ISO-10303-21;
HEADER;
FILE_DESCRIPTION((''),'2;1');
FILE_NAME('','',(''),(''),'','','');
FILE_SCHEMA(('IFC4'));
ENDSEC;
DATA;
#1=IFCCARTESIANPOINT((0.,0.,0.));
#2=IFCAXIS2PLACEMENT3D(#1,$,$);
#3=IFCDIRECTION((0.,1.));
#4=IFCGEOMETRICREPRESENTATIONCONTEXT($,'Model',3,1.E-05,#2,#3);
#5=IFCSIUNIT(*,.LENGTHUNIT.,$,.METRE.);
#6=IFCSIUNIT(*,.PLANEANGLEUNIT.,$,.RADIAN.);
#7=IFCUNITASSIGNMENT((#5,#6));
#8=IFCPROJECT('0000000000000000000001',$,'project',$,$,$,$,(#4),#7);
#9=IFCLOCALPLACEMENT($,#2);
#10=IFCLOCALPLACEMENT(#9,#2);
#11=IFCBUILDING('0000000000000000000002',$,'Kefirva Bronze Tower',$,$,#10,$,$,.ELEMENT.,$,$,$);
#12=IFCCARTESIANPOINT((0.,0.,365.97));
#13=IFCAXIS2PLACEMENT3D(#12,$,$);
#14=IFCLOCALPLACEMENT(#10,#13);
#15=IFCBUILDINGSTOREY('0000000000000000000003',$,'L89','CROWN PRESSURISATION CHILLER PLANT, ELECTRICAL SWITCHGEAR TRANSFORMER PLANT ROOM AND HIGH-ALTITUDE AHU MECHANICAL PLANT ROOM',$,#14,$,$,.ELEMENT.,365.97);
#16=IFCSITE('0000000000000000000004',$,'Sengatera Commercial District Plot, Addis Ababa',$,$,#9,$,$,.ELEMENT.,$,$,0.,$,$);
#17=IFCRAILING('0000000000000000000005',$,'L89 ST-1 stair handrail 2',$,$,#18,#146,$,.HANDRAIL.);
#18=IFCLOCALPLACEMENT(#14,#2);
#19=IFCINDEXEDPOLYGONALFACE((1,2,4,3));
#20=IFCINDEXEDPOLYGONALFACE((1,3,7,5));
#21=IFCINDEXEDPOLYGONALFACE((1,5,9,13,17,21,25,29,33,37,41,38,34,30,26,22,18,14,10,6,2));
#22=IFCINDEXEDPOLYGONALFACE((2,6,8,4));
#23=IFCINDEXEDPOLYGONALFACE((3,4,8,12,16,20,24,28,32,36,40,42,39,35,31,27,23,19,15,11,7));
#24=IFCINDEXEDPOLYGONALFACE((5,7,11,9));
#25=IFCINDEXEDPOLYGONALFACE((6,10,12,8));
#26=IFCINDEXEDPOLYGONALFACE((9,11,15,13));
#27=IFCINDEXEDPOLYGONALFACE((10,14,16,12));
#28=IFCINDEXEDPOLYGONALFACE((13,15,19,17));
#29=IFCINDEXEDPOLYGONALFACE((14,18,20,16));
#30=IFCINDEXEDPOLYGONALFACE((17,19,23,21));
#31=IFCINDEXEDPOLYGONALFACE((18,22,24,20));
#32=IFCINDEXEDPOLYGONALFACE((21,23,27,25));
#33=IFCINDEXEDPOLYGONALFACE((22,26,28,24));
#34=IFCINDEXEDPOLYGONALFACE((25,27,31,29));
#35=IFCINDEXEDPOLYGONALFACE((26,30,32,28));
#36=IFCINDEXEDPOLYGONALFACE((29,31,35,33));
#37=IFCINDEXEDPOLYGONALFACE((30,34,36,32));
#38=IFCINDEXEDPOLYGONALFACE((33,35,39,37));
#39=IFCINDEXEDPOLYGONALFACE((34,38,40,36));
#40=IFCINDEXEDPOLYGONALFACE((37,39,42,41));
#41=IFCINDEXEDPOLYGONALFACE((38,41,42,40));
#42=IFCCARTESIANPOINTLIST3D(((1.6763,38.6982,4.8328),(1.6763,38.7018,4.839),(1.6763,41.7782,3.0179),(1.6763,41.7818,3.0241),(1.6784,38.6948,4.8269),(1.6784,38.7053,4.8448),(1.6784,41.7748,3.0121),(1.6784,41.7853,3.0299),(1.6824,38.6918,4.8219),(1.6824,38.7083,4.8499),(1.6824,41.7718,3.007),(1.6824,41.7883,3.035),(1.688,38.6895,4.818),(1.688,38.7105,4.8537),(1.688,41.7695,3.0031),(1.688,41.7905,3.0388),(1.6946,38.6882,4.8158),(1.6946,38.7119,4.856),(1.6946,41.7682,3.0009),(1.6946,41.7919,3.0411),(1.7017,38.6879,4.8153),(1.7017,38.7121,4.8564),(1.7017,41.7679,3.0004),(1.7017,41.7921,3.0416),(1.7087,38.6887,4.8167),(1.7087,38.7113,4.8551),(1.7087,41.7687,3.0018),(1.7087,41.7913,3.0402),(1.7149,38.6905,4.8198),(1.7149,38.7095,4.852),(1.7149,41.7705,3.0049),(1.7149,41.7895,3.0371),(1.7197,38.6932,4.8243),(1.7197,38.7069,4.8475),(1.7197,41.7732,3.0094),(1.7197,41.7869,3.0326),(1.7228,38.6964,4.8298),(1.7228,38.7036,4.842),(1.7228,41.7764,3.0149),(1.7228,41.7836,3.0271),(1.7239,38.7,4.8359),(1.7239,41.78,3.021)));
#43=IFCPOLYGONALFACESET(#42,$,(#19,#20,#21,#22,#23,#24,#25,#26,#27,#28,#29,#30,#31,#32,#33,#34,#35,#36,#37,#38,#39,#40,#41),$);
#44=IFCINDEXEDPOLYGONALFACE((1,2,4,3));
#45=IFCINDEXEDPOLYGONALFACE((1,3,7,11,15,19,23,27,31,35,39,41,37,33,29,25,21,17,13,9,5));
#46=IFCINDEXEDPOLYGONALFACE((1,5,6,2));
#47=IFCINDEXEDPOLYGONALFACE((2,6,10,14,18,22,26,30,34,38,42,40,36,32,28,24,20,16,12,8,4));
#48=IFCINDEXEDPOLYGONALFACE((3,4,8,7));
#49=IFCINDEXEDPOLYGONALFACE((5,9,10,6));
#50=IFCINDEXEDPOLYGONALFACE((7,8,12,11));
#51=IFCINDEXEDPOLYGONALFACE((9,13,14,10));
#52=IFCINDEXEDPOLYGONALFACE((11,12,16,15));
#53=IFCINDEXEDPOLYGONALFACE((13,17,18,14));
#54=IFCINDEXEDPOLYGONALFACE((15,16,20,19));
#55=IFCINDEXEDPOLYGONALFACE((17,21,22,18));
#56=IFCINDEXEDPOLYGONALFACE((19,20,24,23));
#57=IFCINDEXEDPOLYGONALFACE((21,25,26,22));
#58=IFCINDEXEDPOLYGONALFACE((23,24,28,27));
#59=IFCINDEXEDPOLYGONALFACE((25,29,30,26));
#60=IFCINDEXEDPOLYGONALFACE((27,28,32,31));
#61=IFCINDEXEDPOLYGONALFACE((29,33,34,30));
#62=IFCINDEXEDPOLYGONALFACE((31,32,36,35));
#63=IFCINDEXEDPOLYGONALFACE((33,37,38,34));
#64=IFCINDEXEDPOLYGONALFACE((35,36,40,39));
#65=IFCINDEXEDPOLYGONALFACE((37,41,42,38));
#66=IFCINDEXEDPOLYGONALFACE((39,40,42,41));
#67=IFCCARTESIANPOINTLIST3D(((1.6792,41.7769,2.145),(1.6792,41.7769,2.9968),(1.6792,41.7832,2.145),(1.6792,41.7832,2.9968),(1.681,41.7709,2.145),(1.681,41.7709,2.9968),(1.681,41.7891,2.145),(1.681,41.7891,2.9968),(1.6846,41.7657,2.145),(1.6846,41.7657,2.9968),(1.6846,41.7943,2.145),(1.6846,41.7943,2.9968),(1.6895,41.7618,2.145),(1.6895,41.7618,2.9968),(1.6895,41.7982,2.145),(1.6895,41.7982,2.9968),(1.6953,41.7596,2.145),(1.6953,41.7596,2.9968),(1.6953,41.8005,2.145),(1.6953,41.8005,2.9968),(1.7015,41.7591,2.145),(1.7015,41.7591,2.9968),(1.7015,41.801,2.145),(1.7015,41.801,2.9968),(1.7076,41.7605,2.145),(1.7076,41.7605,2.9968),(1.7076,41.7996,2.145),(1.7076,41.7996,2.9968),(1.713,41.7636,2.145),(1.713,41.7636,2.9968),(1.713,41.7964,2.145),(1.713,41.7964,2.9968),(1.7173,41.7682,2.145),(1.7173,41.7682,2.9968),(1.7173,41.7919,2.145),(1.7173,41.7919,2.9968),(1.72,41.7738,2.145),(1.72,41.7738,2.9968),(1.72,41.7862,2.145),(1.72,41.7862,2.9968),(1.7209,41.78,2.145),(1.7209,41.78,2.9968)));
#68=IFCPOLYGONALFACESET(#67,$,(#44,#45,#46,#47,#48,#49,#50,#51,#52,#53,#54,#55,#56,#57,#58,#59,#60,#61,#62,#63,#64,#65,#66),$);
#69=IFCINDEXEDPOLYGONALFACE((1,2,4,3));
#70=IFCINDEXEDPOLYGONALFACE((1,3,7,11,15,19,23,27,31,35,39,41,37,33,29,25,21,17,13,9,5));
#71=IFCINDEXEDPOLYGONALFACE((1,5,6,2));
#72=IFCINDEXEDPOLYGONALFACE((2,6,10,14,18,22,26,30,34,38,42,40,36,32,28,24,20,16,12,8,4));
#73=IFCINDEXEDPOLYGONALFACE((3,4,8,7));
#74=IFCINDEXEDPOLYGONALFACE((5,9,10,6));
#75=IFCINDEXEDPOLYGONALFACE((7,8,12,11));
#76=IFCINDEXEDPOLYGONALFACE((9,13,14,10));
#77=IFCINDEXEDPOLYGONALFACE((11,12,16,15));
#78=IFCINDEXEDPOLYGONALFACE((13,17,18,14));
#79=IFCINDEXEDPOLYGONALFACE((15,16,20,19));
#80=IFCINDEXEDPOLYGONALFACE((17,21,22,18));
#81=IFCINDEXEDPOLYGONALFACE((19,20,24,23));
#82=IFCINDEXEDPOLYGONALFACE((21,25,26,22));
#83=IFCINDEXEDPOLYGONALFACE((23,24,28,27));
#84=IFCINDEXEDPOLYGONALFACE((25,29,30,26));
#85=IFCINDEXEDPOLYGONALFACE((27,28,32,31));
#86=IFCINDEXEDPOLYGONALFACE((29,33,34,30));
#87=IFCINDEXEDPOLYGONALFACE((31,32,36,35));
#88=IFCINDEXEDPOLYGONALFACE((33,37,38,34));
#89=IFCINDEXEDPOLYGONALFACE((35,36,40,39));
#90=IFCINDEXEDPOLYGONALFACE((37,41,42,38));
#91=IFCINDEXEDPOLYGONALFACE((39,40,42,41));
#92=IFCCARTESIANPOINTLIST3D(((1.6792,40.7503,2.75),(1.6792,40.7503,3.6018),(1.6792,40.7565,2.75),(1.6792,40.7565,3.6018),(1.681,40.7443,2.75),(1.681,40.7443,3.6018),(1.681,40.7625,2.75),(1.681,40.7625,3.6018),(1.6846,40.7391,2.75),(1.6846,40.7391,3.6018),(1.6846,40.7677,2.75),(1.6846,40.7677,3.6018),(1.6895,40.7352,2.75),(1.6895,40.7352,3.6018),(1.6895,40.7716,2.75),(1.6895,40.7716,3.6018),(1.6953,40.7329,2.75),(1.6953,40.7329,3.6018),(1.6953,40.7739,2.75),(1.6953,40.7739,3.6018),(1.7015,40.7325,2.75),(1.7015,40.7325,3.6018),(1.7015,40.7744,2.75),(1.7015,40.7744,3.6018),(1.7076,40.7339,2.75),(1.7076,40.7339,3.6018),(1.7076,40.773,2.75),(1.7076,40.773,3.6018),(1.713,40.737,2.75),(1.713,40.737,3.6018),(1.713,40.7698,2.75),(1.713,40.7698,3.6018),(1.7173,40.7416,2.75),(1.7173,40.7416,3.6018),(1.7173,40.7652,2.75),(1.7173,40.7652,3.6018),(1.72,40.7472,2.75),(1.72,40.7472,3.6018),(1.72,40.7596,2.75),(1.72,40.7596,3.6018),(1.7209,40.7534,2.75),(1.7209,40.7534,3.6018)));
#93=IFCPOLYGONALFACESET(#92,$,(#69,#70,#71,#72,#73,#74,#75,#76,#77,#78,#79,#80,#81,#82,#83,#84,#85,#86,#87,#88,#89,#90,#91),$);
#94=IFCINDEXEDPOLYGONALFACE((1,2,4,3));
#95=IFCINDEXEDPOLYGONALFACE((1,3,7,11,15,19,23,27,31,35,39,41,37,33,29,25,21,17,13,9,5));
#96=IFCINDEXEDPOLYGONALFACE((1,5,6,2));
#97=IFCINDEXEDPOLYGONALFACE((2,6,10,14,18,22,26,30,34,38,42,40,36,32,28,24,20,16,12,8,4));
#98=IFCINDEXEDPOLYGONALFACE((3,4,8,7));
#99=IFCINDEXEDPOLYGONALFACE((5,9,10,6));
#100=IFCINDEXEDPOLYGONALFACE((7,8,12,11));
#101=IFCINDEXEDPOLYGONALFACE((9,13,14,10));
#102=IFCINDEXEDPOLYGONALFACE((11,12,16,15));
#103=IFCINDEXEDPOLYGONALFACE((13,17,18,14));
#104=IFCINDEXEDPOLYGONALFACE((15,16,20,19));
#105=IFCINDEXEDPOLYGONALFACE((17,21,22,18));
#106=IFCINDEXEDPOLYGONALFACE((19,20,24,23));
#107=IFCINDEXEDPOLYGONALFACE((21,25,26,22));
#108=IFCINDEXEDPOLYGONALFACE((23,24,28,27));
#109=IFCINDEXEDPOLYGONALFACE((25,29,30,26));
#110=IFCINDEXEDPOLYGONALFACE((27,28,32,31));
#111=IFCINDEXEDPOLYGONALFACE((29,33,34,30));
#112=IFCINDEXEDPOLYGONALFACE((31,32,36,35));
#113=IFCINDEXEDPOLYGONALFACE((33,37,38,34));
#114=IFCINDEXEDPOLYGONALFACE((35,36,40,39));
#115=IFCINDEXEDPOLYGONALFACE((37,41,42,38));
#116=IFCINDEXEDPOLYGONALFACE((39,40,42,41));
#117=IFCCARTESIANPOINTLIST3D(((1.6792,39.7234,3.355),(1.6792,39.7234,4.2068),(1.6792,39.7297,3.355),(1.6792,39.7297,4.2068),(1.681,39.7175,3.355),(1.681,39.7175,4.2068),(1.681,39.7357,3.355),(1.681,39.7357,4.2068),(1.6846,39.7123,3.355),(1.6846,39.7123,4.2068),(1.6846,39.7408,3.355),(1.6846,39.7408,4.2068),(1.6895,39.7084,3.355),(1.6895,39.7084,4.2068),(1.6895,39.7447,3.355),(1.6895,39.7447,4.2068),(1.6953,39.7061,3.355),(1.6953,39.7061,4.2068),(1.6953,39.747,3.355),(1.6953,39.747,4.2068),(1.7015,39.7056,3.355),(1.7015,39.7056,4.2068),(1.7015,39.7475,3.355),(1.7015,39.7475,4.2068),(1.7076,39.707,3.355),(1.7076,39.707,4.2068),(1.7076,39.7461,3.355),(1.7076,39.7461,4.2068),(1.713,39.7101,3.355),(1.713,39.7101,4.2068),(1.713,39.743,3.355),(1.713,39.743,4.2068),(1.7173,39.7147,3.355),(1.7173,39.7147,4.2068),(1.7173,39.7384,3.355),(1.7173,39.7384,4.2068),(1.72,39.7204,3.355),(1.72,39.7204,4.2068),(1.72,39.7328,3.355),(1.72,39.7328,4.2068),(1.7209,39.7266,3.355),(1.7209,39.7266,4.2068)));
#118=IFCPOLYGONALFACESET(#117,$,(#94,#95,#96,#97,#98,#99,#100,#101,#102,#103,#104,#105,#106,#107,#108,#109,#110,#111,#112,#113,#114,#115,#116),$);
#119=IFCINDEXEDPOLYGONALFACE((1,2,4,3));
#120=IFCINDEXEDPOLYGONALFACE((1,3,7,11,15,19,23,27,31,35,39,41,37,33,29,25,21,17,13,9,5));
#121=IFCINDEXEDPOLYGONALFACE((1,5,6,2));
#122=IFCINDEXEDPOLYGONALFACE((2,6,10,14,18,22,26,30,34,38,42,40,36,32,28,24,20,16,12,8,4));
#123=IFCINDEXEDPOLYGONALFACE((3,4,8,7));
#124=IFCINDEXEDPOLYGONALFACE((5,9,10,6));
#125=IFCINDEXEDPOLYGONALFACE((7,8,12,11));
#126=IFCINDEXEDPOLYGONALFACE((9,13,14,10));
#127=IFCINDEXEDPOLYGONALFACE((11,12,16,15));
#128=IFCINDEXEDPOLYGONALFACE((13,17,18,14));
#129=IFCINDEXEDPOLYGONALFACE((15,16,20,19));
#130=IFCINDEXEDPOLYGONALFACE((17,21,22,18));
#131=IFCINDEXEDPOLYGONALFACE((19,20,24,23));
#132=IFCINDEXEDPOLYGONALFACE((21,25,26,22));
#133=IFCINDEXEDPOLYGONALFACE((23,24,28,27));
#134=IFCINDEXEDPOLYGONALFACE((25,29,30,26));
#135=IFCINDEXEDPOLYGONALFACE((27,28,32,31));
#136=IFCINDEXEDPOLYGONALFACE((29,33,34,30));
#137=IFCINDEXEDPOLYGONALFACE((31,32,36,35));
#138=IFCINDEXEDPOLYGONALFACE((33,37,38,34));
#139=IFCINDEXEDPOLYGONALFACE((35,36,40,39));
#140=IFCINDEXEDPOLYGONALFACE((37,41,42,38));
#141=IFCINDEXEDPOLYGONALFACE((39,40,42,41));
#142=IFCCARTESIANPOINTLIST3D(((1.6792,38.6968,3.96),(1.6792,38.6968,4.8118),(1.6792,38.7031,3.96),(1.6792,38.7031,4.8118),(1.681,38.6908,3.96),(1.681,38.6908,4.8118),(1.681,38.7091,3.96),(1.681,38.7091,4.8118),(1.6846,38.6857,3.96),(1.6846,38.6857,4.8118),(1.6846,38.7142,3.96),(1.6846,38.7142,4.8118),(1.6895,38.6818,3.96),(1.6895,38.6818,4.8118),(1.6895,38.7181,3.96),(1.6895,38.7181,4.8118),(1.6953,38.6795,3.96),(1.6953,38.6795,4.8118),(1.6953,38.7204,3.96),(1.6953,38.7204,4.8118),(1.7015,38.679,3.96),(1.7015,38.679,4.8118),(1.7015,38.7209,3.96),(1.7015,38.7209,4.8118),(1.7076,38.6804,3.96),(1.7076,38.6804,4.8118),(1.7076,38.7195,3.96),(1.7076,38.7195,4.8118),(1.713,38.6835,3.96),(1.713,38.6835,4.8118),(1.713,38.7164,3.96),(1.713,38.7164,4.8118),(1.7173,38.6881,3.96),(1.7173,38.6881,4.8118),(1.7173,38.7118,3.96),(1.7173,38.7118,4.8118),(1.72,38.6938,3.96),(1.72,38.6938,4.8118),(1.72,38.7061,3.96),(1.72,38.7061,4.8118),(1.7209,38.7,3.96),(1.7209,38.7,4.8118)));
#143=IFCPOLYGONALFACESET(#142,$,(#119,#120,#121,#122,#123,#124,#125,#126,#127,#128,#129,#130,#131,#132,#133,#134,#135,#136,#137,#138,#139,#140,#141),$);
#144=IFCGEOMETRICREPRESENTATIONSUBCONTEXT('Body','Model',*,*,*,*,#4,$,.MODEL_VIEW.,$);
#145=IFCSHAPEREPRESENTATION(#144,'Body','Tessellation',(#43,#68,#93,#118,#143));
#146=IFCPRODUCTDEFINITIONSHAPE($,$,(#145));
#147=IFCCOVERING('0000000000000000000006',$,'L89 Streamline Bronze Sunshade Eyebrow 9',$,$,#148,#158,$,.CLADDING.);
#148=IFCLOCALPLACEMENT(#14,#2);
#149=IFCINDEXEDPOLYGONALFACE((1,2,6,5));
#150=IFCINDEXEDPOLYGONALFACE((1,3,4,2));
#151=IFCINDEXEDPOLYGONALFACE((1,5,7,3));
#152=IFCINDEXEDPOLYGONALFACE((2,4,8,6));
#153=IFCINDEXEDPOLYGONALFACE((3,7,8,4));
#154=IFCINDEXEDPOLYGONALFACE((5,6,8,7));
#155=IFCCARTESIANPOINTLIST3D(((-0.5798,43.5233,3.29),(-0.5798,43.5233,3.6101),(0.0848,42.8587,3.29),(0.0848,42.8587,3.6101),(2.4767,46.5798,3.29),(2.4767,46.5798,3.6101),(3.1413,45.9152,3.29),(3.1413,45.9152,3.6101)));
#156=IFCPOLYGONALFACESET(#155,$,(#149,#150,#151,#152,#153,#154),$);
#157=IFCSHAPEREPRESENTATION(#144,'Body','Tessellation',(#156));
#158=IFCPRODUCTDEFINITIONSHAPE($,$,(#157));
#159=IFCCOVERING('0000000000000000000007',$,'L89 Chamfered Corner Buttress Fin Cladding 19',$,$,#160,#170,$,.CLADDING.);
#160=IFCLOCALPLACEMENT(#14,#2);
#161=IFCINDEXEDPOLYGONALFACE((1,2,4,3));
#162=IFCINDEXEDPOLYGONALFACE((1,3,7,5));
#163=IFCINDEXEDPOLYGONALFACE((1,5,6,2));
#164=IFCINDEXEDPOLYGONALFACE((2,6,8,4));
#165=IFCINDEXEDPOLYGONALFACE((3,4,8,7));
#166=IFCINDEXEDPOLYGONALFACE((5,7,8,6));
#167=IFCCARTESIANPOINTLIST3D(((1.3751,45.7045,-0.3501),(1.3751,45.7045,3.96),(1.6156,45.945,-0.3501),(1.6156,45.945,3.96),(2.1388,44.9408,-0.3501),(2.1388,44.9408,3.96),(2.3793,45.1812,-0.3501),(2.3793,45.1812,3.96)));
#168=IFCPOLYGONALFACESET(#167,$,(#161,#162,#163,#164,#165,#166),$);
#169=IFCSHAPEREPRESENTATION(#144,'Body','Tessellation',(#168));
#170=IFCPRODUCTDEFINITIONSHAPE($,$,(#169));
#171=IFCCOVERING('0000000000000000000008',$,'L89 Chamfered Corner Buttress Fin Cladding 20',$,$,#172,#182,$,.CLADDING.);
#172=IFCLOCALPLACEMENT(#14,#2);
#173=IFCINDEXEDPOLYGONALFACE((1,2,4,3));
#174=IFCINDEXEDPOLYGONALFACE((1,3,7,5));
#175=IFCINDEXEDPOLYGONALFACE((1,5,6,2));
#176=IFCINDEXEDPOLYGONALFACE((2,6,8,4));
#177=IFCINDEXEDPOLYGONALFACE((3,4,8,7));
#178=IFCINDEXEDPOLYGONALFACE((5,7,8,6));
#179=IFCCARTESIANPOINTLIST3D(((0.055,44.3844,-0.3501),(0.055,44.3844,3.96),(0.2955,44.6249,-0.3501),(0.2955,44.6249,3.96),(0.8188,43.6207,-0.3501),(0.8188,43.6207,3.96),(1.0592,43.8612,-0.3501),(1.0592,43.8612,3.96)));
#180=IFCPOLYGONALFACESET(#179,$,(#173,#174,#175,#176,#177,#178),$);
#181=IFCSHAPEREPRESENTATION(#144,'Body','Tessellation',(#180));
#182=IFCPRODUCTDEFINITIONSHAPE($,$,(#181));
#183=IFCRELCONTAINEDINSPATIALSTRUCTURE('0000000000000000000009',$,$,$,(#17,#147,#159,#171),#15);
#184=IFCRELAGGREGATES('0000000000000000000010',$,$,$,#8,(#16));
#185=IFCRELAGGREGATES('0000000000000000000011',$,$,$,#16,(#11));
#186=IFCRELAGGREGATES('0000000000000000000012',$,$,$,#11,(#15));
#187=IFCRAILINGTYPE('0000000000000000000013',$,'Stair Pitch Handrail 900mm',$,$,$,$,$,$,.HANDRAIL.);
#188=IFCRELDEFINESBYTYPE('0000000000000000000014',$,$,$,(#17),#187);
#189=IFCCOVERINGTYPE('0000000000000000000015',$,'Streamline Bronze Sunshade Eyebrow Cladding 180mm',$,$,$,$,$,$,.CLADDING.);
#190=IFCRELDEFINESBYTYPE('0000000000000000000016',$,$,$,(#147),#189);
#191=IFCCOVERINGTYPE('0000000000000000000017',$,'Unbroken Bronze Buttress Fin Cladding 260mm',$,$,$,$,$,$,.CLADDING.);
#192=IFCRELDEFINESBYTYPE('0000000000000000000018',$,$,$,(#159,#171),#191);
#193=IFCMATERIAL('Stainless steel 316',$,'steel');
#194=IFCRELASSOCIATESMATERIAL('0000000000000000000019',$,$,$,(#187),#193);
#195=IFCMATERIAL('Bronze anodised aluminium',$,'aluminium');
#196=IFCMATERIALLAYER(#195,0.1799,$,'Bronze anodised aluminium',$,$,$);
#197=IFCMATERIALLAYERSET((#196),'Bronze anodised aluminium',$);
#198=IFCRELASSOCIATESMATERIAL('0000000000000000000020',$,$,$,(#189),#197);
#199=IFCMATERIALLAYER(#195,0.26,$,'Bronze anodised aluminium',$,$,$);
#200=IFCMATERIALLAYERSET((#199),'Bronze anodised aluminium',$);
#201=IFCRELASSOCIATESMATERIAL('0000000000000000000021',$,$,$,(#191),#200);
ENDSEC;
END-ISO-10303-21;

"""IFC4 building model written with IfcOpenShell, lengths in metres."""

from ifc_helpers import new_model, si_unit, direction, frame, origin, origin_2d, place, context, subcontext, project, spatial, rectangle, circle, extrude, material, layer, layer_set, type_object, element, save


model = new_model("IFC4")

# Units and contexts
model_context = context("Model", 3, precision=1e-05, world=origin(), true_north=direction((0.0, 1.0)))
body_context = subcontext(model_context, "Body", "Model", "MODEL_VIEW")
ifc_project = project(units=[si_unit("LENGTHUNIT", "METRE"), si_unit("PLANEANGLEUNIT", "RADIAN")], contexts=[model_context])

# Site, building, storey
site_placement = place(None, origin())
site = spatial("IfcSite", under=ifc_project, at=site_placement, Name="Sengatera Commercial District Plot, Addis Ababa", CompositionType="ELEMENT", RefElevation=0.0)
building_placement = place(site_placement, origin())
building = spatial("IfcBuilding", under=site, at=building_placement, Name="Kefirva Bronze Tower", CompositionType="ELEMENT")
storey_placement = place(building_placement, frame((0.0, 0.0, 365.97)))
storey = spatial("IfcBuildingStorey", under=building, at=storey_placement, Name="L89", Description="CROWN PRESSURISATION CHILLER PLANT, ELECTRICAL SWITCHGEAR TRANSFORMER PLANT ROOM AND HIGH-ALTITUDE AHU MECHANICAL PLANT ROOM", CompositionType="ELEMENT", Elevation=365.97)

# Shared definitions
ifc_material_1 = material(Name="Stainless steel 316", Category="steel")

# Shared definitions
ifc_material_2 = material(Name="Bronze anodised aluminium", Category="aluminium")

# Railing
railing_type_1 = type_object("IfcRailingType", Name="Stair Pitch Handrail 900mm", PredefinedType="HANDRAIL", material=ifc_material_1)
railing_1_placement = place(storey_placement, frame((1.7, 41.78, 2.145)))
element("IfcRailing", 1, at=railing_1_placement, inside=storey, type_object=railing_type_1, Name="L89 ST-1 stair handrail 2", PredefinedType="HANDRAIL", context=body_context, shape_type="SweptSolid", body=[
    extrude(circle(Radius=0.0239, at=origin_2d()), frame((0.0, 0.0, 0.876), z_axis=(0.0, -0.861551, 0.507671), x_axis=(1.0, 0.0, 0.0)), (0.0, 0.0, 1.0), 3.575),
    extrude(circle(Radius=0.021, at=origin_2d()), origin(), (0.0, 0.0, 1.0), 0.8518),
    extrude(circle(Radius=0.021, at=origin_2d()), frame((0.0, -1.0266, 0.605)), (0.0, 0.0, 1.0), 0.8518),
    extrude(circle(Radius=0.021, at=origin_2d()), frame((0.0, -2.0535, 1.21)), (0.0, 0.0, 1.0), 0.8518),
    extrude(circle(Radius=0.021, at=origin_2d()), frame((0.0, -3.0801, 1.8149)), (0.0, 0.0, 1.0), 0.8518),
])

# Coverings
ifc_layer_1 = layer(ifc_material_2, 0.1799, Name="Bronze anodised aluminium")
ifc_layer_set_1 = layer_set([ifc_layer_1], Name="Bronze anodised aluminium")
covering_type_1 = type_object("IfcCoveringType", Name="Streamline Bronze Sunshade Eyebrow Cladding 180mm", PredefinedType="CLADDING", material=ifc_layer_set_1)
covering_1_placement = place(storey_placement, frame((1.2808, 44.7192, 3.29), z_axis=(0.0, 0.0, 1.0), x_axis=(-0.707107, -0.707107, 0.0)))
element("IfcCovering", 2, at=covering_1_placement, inside=storey, type_object=covering_type_1, Name="L89 Streamline Bronze Sunshade Eyebrow 9", PredefinedType="CLADDING", context=body_context, shape_type="SweptSolid", body=[
    extrude(rectangle(XDim=4.3225, YDim=0.9399, at=origin_2d()), origin(), (0.0, 0.0, 1.0), 0.3201),
])
ifc_layer_2 = layer(ifc_material_2, 0.26, Name="Bronze anodised aluminium")
ifc_layer_set_2 = layer_set([ifc_layer_2], Name="Bronze anodised aluminium")
covering_type_2 = type_object("IfcCoveringType", Name="Unbroken Bronze Buttress Fin Cladding 260mm", PredefinedType="CLADDING", material=ifc_layer_set_2)
for number, where, z_axis, x_axis, name in (
    (3, (1.8772, 45.4429, -0.3501), (0.0, 0.0, 1.0), (-0.707107, -0.707107, 0.0), "L89 Chamfered Corner Buttress Fin Cladding 19"),
    (4, (0.5571, 44.1228, -0.3501), (0.0, 0.0, 1.0), (-0.707107, -0.707107, 0.0), "L89 Chamfered Corner Buttress Fin Cladding 20"),
):
    element("IfcCovering", number, at=place(storey_placement, frame(where, z_axis=z_axis, x_axis=x_axis)), inside=storey, type_object=covering_type_2, Name=name, PredefinedType="CLADDING", context=body_context, shape_type="SweptSolid", body=[
        extrude(rectangle(XDim=0.3401, YDim=1.0801, at=origin_2d()), origin(), (0.0, 0.0, 1.0), 4.3101),
    ])

save(model, "model.ifc")
